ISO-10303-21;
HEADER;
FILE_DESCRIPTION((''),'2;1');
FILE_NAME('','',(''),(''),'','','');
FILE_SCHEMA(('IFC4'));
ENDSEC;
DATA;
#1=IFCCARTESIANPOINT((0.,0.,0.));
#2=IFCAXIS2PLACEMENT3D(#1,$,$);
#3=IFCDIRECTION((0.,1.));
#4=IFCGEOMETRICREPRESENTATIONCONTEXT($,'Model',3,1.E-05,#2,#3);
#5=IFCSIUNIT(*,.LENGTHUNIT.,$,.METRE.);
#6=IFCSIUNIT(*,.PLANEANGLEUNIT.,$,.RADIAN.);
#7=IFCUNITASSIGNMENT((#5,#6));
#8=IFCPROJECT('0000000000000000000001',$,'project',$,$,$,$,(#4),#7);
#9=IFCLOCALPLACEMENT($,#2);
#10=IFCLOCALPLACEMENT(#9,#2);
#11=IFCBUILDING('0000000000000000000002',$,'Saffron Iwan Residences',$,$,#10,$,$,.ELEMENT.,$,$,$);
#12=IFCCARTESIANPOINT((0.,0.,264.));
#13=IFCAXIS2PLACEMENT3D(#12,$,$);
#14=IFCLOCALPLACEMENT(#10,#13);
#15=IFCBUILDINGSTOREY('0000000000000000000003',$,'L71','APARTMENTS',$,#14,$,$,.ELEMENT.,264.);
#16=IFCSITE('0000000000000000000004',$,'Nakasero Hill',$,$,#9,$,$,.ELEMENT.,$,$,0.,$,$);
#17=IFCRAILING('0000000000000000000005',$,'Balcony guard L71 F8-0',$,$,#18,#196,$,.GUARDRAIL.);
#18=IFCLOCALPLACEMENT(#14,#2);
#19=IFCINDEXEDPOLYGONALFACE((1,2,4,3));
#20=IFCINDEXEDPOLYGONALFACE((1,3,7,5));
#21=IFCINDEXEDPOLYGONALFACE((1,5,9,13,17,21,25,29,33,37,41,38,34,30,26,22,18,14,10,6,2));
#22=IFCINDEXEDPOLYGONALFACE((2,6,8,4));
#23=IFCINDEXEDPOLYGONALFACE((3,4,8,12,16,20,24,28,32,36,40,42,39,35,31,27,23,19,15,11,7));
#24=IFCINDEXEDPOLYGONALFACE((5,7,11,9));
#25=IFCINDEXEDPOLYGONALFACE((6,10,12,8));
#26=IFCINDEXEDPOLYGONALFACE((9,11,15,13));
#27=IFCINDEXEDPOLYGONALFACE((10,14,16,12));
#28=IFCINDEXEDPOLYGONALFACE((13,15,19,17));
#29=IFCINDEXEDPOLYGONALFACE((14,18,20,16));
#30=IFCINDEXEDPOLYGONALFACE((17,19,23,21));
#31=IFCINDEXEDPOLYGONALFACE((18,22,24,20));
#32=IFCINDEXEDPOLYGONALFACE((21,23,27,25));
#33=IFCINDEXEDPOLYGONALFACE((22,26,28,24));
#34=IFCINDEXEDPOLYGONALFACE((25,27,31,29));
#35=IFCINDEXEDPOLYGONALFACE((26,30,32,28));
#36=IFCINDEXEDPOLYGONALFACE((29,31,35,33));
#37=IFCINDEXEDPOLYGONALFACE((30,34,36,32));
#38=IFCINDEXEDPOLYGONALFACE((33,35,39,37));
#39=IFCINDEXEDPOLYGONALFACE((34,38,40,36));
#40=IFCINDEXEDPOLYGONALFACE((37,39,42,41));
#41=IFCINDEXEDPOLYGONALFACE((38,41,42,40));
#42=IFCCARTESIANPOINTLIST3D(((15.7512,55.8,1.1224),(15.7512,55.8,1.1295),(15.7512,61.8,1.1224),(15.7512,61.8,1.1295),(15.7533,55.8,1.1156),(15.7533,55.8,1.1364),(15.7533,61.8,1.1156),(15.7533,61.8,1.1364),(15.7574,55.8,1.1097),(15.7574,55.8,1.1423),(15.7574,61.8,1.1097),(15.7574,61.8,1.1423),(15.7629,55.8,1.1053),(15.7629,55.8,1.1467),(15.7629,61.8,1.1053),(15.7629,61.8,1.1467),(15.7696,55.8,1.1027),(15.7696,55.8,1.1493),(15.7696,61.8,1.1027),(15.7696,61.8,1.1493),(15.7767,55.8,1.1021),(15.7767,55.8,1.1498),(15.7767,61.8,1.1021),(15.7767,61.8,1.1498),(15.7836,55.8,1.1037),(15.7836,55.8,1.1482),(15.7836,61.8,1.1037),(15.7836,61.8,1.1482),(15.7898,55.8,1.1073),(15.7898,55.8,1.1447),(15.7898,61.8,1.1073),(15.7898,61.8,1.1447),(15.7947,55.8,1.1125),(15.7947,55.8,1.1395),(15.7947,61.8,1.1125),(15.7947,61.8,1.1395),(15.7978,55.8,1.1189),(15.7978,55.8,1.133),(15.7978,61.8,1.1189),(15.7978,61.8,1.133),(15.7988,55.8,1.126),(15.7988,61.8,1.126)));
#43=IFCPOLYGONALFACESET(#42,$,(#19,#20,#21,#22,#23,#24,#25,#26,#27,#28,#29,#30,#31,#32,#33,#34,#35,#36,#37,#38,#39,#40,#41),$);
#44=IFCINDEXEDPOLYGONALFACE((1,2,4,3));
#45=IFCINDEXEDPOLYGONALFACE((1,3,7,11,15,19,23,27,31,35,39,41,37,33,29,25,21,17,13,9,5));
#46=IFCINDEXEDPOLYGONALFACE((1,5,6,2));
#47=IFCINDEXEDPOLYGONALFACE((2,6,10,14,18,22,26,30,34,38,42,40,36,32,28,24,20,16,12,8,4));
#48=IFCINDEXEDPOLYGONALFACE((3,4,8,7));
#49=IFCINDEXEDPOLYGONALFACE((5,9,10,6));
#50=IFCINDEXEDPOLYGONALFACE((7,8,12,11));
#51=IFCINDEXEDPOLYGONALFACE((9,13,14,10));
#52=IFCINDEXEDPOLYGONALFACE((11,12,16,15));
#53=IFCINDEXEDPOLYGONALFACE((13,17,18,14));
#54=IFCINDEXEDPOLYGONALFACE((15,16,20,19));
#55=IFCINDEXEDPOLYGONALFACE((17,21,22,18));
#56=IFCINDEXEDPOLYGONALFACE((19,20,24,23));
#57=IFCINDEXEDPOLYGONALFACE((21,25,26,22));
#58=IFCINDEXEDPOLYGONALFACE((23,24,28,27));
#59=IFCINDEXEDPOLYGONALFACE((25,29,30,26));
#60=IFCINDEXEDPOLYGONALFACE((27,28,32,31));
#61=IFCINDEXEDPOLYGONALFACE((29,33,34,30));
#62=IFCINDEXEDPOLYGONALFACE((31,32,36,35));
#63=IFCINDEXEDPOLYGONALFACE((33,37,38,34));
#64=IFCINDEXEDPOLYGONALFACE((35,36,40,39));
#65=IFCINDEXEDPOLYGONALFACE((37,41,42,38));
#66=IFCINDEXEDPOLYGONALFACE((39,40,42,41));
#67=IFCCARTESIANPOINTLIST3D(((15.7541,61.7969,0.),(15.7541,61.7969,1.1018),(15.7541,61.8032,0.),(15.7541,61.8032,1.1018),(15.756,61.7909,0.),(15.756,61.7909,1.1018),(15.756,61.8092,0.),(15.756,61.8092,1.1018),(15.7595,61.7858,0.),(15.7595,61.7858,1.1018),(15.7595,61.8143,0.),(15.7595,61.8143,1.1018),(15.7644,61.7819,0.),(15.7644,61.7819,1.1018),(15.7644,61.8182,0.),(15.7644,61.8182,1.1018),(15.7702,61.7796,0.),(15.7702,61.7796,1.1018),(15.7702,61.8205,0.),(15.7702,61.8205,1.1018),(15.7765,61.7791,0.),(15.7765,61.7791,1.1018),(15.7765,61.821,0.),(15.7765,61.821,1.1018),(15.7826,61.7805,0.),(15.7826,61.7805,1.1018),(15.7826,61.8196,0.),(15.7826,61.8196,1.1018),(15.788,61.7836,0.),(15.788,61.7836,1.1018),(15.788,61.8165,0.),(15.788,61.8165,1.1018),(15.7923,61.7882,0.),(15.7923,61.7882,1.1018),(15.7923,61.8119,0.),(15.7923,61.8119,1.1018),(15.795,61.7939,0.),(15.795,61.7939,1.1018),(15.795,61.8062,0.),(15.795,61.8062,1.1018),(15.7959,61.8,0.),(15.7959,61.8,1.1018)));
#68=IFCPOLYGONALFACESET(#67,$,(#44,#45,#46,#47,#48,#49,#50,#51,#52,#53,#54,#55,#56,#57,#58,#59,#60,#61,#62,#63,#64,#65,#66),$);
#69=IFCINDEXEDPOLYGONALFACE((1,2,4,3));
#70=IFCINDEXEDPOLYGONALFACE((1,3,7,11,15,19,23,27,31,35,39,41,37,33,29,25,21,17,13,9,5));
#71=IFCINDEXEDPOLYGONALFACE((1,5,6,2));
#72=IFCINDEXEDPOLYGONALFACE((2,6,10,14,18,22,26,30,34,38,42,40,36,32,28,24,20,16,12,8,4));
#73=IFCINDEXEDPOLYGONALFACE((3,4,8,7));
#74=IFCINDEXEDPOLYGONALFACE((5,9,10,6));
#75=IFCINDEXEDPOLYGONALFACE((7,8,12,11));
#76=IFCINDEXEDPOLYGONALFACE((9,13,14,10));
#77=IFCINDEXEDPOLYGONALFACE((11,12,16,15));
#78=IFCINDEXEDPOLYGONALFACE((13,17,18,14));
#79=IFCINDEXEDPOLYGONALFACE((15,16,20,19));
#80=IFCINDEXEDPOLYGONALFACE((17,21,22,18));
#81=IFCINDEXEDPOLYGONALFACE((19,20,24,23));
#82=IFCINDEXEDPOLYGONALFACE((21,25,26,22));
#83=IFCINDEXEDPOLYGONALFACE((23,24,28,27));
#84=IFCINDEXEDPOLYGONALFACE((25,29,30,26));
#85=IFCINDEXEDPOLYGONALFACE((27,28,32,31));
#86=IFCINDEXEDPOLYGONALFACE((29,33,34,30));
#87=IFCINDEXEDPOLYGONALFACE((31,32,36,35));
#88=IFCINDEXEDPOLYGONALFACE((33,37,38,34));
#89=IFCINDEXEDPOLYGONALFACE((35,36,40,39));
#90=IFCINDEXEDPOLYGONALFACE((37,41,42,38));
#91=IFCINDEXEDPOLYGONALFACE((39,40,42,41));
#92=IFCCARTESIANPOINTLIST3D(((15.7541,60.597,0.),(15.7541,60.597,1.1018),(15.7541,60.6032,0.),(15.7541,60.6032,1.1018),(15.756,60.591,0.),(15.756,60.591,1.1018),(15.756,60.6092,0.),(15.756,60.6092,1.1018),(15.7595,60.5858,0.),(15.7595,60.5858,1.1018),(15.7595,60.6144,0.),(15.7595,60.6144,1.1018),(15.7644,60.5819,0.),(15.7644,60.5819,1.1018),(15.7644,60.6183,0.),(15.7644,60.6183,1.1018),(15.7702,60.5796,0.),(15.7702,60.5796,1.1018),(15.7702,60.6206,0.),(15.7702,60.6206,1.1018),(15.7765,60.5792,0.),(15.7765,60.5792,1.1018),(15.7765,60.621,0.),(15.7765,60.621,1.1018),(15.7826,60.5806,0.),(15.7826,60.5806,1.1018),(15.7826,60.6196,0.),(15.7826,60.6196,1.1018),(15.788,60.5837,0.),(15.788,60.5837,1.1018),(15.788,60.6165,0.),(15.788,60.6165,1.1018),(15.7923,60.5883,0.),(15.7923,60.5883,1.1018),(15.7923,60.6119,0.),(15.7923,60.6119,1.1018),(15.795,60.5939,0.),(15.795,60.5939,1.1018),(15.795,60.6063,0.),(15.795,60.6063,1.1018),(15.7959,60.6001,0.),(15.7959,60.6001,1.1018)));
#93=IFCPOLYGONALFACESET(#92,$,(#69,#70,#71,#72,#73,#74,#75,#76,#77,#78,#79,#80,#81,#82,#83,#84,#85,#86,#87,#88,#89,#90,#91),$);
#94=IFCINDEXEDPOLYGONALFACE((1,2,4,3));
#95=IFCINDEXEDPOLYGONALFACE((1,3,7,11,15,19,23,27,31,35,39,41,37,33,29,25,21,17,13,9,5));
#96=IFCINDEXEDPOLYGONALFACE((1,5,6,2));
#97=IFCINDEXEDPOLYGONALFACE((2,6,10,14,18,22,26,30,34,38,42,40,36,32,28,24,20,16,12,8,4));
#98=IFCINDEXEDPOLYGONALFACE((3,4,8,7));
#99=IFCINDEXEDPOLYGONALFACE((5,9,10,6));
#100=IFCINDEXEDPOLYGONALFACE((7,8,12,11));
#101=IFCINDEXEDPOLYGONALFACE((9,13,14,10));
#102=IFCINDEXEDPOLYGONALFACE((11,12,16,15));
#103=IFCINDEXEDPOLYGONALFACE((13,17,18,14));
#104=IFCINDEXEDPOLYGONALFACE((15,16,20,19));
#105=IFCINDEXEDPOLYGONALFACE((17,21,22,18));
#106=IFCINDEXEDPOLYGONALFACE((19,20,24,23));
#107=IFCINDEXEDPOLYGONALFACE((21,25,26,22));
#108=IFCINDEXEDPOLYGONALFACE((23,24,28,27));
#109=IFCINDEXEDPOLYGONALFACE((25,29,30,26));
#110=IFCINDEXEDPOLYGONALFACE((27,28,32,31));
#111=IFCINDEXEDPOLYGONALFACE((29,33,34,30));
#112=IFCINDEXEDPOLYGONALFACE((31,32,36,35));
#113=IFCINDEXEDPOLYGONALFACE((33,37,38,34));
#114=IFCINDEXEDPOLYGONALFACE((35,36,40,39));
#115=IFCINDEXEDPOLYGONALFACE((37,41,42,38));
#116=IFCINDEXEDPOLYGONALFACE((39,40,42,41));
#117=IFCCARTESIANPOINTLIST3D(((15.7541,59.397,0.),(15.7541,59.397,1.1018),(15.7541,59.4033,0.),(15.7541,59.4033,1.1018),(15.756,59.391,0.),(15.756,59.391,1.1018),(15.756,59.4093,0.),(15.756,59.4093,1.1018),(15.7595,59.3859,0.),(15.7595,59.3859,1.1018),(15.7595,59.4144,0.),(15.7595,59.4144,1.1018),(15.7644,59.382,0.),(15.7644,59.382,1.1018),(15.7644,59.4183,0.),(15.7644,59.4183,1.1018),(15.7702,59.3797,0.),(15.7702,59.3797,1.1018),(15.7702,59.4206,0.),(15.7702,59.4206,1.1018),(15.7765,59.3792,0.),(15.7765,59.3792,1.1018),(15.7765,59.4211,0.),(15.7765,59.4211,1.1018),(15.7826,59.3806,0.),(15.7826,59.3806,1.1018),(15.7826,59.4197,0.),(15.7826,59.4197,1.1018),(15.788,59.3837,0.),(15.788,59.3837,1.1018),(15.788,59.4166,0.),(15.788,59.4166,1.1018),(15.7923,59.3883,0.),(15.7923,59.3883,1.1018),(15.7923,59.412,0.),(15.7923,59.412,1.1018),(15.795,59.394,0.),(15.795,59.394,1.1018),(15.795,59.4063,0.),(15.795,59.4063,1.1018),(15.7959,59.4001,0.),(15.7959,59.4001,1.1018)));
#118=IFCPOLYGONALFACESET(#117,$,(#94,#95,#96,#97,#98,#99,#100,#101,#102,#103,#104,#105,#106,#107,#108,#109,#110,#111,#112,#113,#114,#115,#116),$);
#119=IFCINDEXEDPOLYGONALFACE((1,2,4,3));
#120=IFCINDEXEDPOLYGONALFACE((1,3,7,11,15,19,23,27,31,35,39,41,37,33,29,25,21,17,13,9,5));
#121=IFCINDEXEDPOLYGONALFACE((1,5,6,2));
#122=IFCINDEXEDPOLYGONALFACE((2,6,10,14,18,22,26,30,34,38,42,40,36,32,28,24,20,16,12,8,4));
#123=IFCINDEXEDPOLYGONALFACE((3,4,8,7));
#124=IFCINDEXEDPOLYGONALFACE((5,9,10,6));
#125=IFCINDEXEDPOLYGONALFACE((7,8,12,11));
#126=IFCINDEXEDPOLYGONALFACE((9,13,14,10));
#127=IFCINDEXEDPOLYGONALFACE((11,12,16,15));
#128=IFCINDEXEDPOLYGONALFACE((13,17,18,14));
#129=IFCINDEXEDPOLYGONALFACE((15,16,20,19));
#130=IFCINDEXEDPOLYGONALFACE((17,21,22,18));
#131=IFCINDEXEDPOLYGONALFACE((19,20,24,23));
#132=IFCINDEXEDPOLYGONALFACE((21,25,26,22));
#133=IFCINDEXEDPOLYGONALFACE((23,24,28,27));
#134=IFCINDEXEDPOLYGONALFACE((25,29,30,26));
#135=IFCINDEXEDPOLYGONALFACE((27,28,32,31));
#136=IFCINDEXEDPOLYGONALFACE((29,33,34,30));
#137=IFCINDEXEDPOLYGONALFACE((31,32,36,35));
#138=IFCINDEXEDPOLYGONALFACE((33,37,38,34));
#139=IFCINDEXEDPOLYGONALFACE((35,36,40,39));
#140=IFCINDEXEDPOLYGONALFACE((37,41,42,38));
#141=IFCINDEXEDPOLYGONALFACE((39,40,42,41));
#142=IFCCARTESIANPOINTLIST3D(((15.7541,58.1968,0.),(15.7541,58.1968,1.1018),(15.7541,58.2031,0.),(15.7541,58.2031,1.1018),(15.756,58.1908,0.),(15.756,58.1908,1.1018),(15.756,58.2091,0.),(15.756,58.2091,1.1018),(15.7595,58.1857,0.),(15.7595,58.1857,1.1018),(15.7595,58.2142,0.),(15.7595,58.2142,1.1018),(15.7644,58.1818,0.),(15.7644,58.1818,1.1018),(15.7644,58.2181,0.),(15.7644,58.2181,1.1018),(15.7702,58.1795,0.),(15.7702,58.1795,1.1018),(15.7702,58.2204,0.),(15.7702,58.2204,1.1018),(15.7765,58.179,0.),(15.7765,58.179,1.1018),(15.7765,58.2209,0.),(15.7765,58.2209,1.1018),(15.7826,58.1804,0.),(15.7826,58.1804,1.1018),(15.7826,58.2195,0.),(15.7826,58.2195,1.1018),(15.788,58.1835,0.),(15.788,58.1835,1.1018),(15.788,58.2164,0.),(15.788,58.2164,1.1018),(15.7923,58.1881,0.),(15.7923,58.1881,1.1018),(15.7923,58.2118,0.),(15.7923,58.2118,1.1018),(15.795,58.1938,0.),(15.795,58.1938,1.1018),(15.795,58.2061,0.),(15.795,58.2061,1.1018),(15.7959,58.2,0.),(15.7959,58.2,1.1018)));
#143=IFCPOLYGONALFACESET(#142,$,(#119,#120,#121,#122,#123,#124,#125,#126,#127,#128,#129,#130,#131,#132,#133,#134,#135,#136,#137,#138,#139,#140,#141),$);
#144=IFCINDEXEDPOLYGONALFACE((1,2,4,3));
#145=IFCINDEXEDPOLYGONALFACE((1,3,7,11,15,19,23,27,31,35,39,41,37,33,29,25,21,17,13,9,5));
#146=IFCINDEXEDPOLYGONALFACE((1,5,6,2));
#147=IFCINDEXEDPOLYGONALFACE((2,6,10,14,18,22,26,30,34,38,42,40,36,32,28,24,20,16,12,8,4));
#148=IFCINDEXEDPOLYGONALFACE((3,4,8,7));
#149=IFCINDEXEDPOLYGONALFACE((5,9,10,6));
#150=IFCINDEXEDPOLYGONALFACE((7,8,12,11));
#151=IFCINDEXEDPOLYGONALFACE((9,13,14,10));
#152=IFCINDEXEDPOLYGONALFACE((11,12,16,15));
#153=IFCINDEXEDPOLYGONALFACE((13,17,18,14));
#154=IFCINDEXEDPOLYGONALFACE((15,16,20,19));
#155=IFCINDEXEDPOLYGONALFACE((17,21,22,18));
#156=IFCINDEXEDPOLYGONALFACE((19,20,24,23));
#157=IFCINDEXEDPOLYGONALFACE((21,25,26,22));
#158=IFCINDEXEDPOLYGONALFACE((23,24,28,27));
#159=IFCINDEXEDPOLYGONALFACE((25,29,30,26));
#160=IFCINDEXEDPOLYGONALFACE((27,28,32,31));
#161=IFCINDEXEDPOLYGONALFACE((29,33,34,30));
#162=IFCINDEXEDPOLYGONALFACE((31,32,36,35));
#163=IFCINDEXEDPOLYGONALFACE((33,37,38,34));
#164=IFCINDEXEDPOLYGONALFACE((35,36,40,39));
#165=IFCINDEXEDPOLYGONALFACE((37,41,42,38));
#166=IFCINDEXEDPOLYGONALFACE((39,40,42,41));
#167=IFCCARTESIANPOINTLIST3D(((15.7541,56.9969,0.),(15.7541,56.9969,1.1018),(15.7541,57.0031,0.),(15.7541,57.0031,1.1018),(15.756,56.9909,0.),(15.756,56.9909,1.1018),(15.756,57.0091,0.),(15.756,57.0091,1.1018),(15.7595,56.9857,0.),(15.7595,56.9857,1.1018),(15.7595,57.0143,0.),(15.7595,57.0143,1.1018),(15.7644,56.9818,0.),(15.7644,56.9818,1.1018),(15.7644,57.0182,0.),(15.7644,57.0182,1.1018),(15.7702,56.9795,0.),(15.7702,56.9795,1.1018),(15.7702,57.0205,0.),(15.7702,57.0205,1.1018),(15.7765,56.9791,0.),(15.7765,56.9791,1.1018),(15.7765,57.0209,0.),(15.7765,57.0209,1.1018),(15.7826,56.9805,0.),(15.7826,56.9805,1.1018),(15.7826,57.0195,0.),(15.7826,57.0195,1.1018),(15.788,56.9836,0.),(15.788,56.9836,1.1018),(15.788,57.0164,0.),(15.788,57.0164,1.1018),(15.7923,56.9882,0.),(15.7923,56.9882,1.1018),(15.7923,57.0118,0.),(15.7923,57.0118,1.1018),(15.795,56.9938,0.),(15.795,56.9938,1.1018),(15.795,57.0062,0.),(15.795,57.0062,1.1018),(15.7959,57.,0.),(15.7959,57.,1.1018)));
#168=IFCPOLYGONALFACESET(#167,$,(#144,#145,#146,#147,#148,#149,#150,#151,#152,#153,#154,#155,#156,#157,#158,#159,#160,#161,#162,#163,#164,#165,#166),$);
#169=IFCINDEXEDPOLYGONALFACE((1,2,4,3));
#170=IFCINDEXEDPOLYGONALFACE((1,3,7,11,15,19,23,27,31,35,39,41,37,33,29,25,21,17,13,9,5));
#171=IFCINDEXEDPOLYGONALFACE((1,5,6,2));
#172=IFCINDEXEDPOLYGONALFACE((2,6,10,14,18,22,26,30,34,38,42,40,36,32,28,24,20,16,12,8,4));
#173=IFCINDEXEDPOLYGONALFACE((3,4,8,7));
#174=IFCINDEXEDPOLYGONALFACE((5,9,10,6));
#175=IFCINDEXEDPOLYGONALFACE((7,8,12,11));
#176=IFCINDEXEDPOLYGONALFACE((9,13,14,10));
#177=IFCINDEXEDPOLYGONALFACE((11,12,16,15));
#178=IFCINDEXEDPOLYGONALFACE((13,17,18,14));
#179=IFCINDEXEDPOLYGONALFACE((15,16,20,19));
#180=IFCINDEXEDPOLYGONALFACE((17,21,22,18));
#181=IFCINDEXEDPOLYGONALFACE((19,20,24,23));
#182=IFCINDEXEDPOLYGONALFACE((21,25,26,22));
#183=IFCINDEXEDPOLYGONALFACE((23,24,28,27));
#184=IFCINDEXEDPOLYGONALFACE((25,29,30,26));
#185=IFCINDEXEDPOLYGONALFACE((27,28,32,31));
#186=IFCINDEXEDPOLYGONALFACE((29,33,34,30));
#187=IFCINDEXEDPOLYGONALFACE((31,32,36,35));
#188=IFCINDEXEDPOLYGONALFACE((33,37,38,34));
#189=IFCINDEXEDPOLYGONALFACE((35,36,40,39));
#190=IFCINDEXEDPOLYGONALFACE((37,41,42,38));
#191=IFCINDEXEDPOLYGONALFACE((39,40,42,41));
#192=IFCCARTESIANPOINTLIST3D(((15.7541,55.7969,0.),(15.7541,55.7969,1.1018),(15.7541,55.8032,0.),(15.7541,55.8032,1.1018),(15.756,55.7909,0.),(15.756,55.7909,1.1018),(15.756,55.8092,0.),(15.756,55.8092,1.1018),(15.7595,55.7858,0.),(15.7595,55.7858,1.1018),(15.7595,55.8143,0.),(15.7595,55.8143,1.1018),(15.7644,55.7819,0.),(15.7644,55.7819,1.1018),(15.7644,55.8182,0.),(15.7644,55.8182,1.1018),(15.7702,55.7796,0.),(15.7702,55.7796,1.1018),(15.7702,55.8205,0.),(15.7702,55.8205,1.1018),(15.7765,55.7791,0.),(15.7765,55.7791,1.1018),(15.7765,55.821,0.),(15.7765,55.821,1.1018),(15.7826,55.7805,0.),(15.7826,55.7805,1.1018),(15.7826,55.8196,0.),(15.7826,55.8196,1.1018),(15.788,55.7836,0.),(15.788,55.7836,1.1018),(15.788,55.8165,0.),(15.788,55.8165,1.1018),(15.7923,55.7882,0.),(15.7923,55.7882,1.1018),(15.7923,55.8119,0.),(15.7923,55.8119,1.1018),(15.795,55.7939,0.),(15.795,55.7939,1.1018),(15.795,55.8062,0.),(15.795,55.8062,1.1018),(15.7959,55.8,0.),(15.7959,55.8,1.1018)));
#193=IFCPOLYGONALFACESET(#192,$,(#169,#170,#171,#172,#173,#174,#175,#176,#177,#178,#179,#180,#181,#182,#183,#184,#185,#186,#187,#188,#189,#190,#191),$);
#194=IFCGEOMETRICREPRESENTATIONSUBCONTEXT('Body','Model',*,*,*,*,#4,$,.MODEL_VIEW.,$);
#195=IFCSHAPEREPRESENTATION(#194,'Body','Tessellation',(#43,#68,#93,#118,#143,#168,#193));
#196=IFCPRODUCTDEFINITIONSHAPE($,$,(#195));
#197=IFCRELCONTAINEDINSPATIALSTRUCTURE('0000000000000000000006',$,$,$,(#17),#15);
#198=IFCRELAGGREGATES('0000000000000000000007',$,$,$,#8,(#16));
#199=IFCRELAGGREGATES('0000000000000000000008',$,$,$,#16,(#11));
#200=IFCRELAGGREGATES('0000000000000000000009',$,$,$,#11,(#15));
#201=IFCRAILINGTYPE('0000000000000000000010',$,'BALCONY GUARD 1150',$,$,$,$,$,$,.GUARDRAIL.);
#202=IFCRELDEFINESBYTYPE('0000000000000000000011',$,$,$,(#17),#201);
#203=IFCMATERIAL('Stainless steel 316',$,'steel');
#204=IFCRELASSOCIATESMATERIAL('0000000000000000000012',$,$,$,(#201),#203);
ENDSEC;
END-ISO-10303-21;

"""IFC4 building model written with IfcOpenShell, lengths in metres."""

from ifc_helpers import new_model, si_unit, direction, frame, origin, origin_2d, place, context, subcontext, project, spatial, circle, extrude, material, type_object, element, save


model = new_model("IFC4")

# Units and contexts
model_context = context("Model", 3, precision=1e-05, world=origin(), true_north=direction((0.0, 1.0)))
body_context = subcontext(model_context, "Body", "Model", "MODEL_VIEW")
ifc_project = project(units=[si_unit("LENGTHUNIT", "METRE"), si_unit("PLANEANGLEUNIT", "RADIAN")], contexts=[model_context])

# Site, building, storey
site_placement = place(None, origin())
site = spatial("IfcSite", under=ifc_project, at=site_placement, Name="Nakasero Hill", CompositionType="ELEMENT", RefElevation=0.0)
building_placement = place(site_placement, origin())
building = spatial("IfcBuilding", under=site, at=building_placement, Name="Saffron Iwan Residences", CompositionType="ELEMENT")
storey_placement = place(building_placement, frame((0.0, 0.0, 264.0)))
storey = spatial("IfcBuildingStorey", under=building, at=storey_placement, Name="L71", Description="APARTMENTS", CompositionType="ELEMENT", Elevation=264.0)

# Railing
ifc_material_1 = material(Name="Stainless steel 316", Category="steel")
railing_type = type_object("IfcRailingType", Name="BALCONY GUARD 1150", PredefinedType="GUARDRAIL", material=ifc_material_1)
railing_placement = place(storey_placement, frame((15.7749, 61.8, 0.0)))
element("IfcRailing", 1, at=railing_placement, inside=storey, type_object=railing_type, Name="Balcony guard L71 F8-0", PredefinedType="GUARDRAIL", context=body_context, shape_type="SweptSolid", body=[
    extrude(circle(Radius=0.0239, at=origin_2d()), frame((0.0, 0.0, 1.126), z_axis=(0.0, -1.0, 0.0), x_axis=(1.0, 0.0, 0.0)), (0.0, 0.0, 1.0), 6.0),
    extrude(circle(Radius=0.021, at=origin_2d()), origin(), (0.0, 0.0, 1.0), 1.1018),
    extrude(circle(Radius=0.021, at=origin_2d()), frame((0.0, -1.2, 0.0)), (0.0, 0.0, 1.0), 1.1018),
    extrude(circle(Radius=0.021, at=origin_2d()), frame((0.0, -2.3999, 0.0)), (0.0, 0.0, 1.0), 1.1018),
    extrude(circle(Radius=0.021, at=origin_2d()), frame((0.0, -3.6001, 0.0)), (0.0, 0.0, 1.0), 1.1018),
    extrude(circle(Radius=0.021, at=origin_2d()), frame((0.0, -4.8, 0.0)), (0.0, 0.0, 1.0), 1.1018),
    extrude(circle(Radius=0.021, at=origin_2d()), frame((0.0, -6.0, 0.0)), (0.0, 0.0, 1.0), 1.1018),
])

save(model, "model.ifc")
